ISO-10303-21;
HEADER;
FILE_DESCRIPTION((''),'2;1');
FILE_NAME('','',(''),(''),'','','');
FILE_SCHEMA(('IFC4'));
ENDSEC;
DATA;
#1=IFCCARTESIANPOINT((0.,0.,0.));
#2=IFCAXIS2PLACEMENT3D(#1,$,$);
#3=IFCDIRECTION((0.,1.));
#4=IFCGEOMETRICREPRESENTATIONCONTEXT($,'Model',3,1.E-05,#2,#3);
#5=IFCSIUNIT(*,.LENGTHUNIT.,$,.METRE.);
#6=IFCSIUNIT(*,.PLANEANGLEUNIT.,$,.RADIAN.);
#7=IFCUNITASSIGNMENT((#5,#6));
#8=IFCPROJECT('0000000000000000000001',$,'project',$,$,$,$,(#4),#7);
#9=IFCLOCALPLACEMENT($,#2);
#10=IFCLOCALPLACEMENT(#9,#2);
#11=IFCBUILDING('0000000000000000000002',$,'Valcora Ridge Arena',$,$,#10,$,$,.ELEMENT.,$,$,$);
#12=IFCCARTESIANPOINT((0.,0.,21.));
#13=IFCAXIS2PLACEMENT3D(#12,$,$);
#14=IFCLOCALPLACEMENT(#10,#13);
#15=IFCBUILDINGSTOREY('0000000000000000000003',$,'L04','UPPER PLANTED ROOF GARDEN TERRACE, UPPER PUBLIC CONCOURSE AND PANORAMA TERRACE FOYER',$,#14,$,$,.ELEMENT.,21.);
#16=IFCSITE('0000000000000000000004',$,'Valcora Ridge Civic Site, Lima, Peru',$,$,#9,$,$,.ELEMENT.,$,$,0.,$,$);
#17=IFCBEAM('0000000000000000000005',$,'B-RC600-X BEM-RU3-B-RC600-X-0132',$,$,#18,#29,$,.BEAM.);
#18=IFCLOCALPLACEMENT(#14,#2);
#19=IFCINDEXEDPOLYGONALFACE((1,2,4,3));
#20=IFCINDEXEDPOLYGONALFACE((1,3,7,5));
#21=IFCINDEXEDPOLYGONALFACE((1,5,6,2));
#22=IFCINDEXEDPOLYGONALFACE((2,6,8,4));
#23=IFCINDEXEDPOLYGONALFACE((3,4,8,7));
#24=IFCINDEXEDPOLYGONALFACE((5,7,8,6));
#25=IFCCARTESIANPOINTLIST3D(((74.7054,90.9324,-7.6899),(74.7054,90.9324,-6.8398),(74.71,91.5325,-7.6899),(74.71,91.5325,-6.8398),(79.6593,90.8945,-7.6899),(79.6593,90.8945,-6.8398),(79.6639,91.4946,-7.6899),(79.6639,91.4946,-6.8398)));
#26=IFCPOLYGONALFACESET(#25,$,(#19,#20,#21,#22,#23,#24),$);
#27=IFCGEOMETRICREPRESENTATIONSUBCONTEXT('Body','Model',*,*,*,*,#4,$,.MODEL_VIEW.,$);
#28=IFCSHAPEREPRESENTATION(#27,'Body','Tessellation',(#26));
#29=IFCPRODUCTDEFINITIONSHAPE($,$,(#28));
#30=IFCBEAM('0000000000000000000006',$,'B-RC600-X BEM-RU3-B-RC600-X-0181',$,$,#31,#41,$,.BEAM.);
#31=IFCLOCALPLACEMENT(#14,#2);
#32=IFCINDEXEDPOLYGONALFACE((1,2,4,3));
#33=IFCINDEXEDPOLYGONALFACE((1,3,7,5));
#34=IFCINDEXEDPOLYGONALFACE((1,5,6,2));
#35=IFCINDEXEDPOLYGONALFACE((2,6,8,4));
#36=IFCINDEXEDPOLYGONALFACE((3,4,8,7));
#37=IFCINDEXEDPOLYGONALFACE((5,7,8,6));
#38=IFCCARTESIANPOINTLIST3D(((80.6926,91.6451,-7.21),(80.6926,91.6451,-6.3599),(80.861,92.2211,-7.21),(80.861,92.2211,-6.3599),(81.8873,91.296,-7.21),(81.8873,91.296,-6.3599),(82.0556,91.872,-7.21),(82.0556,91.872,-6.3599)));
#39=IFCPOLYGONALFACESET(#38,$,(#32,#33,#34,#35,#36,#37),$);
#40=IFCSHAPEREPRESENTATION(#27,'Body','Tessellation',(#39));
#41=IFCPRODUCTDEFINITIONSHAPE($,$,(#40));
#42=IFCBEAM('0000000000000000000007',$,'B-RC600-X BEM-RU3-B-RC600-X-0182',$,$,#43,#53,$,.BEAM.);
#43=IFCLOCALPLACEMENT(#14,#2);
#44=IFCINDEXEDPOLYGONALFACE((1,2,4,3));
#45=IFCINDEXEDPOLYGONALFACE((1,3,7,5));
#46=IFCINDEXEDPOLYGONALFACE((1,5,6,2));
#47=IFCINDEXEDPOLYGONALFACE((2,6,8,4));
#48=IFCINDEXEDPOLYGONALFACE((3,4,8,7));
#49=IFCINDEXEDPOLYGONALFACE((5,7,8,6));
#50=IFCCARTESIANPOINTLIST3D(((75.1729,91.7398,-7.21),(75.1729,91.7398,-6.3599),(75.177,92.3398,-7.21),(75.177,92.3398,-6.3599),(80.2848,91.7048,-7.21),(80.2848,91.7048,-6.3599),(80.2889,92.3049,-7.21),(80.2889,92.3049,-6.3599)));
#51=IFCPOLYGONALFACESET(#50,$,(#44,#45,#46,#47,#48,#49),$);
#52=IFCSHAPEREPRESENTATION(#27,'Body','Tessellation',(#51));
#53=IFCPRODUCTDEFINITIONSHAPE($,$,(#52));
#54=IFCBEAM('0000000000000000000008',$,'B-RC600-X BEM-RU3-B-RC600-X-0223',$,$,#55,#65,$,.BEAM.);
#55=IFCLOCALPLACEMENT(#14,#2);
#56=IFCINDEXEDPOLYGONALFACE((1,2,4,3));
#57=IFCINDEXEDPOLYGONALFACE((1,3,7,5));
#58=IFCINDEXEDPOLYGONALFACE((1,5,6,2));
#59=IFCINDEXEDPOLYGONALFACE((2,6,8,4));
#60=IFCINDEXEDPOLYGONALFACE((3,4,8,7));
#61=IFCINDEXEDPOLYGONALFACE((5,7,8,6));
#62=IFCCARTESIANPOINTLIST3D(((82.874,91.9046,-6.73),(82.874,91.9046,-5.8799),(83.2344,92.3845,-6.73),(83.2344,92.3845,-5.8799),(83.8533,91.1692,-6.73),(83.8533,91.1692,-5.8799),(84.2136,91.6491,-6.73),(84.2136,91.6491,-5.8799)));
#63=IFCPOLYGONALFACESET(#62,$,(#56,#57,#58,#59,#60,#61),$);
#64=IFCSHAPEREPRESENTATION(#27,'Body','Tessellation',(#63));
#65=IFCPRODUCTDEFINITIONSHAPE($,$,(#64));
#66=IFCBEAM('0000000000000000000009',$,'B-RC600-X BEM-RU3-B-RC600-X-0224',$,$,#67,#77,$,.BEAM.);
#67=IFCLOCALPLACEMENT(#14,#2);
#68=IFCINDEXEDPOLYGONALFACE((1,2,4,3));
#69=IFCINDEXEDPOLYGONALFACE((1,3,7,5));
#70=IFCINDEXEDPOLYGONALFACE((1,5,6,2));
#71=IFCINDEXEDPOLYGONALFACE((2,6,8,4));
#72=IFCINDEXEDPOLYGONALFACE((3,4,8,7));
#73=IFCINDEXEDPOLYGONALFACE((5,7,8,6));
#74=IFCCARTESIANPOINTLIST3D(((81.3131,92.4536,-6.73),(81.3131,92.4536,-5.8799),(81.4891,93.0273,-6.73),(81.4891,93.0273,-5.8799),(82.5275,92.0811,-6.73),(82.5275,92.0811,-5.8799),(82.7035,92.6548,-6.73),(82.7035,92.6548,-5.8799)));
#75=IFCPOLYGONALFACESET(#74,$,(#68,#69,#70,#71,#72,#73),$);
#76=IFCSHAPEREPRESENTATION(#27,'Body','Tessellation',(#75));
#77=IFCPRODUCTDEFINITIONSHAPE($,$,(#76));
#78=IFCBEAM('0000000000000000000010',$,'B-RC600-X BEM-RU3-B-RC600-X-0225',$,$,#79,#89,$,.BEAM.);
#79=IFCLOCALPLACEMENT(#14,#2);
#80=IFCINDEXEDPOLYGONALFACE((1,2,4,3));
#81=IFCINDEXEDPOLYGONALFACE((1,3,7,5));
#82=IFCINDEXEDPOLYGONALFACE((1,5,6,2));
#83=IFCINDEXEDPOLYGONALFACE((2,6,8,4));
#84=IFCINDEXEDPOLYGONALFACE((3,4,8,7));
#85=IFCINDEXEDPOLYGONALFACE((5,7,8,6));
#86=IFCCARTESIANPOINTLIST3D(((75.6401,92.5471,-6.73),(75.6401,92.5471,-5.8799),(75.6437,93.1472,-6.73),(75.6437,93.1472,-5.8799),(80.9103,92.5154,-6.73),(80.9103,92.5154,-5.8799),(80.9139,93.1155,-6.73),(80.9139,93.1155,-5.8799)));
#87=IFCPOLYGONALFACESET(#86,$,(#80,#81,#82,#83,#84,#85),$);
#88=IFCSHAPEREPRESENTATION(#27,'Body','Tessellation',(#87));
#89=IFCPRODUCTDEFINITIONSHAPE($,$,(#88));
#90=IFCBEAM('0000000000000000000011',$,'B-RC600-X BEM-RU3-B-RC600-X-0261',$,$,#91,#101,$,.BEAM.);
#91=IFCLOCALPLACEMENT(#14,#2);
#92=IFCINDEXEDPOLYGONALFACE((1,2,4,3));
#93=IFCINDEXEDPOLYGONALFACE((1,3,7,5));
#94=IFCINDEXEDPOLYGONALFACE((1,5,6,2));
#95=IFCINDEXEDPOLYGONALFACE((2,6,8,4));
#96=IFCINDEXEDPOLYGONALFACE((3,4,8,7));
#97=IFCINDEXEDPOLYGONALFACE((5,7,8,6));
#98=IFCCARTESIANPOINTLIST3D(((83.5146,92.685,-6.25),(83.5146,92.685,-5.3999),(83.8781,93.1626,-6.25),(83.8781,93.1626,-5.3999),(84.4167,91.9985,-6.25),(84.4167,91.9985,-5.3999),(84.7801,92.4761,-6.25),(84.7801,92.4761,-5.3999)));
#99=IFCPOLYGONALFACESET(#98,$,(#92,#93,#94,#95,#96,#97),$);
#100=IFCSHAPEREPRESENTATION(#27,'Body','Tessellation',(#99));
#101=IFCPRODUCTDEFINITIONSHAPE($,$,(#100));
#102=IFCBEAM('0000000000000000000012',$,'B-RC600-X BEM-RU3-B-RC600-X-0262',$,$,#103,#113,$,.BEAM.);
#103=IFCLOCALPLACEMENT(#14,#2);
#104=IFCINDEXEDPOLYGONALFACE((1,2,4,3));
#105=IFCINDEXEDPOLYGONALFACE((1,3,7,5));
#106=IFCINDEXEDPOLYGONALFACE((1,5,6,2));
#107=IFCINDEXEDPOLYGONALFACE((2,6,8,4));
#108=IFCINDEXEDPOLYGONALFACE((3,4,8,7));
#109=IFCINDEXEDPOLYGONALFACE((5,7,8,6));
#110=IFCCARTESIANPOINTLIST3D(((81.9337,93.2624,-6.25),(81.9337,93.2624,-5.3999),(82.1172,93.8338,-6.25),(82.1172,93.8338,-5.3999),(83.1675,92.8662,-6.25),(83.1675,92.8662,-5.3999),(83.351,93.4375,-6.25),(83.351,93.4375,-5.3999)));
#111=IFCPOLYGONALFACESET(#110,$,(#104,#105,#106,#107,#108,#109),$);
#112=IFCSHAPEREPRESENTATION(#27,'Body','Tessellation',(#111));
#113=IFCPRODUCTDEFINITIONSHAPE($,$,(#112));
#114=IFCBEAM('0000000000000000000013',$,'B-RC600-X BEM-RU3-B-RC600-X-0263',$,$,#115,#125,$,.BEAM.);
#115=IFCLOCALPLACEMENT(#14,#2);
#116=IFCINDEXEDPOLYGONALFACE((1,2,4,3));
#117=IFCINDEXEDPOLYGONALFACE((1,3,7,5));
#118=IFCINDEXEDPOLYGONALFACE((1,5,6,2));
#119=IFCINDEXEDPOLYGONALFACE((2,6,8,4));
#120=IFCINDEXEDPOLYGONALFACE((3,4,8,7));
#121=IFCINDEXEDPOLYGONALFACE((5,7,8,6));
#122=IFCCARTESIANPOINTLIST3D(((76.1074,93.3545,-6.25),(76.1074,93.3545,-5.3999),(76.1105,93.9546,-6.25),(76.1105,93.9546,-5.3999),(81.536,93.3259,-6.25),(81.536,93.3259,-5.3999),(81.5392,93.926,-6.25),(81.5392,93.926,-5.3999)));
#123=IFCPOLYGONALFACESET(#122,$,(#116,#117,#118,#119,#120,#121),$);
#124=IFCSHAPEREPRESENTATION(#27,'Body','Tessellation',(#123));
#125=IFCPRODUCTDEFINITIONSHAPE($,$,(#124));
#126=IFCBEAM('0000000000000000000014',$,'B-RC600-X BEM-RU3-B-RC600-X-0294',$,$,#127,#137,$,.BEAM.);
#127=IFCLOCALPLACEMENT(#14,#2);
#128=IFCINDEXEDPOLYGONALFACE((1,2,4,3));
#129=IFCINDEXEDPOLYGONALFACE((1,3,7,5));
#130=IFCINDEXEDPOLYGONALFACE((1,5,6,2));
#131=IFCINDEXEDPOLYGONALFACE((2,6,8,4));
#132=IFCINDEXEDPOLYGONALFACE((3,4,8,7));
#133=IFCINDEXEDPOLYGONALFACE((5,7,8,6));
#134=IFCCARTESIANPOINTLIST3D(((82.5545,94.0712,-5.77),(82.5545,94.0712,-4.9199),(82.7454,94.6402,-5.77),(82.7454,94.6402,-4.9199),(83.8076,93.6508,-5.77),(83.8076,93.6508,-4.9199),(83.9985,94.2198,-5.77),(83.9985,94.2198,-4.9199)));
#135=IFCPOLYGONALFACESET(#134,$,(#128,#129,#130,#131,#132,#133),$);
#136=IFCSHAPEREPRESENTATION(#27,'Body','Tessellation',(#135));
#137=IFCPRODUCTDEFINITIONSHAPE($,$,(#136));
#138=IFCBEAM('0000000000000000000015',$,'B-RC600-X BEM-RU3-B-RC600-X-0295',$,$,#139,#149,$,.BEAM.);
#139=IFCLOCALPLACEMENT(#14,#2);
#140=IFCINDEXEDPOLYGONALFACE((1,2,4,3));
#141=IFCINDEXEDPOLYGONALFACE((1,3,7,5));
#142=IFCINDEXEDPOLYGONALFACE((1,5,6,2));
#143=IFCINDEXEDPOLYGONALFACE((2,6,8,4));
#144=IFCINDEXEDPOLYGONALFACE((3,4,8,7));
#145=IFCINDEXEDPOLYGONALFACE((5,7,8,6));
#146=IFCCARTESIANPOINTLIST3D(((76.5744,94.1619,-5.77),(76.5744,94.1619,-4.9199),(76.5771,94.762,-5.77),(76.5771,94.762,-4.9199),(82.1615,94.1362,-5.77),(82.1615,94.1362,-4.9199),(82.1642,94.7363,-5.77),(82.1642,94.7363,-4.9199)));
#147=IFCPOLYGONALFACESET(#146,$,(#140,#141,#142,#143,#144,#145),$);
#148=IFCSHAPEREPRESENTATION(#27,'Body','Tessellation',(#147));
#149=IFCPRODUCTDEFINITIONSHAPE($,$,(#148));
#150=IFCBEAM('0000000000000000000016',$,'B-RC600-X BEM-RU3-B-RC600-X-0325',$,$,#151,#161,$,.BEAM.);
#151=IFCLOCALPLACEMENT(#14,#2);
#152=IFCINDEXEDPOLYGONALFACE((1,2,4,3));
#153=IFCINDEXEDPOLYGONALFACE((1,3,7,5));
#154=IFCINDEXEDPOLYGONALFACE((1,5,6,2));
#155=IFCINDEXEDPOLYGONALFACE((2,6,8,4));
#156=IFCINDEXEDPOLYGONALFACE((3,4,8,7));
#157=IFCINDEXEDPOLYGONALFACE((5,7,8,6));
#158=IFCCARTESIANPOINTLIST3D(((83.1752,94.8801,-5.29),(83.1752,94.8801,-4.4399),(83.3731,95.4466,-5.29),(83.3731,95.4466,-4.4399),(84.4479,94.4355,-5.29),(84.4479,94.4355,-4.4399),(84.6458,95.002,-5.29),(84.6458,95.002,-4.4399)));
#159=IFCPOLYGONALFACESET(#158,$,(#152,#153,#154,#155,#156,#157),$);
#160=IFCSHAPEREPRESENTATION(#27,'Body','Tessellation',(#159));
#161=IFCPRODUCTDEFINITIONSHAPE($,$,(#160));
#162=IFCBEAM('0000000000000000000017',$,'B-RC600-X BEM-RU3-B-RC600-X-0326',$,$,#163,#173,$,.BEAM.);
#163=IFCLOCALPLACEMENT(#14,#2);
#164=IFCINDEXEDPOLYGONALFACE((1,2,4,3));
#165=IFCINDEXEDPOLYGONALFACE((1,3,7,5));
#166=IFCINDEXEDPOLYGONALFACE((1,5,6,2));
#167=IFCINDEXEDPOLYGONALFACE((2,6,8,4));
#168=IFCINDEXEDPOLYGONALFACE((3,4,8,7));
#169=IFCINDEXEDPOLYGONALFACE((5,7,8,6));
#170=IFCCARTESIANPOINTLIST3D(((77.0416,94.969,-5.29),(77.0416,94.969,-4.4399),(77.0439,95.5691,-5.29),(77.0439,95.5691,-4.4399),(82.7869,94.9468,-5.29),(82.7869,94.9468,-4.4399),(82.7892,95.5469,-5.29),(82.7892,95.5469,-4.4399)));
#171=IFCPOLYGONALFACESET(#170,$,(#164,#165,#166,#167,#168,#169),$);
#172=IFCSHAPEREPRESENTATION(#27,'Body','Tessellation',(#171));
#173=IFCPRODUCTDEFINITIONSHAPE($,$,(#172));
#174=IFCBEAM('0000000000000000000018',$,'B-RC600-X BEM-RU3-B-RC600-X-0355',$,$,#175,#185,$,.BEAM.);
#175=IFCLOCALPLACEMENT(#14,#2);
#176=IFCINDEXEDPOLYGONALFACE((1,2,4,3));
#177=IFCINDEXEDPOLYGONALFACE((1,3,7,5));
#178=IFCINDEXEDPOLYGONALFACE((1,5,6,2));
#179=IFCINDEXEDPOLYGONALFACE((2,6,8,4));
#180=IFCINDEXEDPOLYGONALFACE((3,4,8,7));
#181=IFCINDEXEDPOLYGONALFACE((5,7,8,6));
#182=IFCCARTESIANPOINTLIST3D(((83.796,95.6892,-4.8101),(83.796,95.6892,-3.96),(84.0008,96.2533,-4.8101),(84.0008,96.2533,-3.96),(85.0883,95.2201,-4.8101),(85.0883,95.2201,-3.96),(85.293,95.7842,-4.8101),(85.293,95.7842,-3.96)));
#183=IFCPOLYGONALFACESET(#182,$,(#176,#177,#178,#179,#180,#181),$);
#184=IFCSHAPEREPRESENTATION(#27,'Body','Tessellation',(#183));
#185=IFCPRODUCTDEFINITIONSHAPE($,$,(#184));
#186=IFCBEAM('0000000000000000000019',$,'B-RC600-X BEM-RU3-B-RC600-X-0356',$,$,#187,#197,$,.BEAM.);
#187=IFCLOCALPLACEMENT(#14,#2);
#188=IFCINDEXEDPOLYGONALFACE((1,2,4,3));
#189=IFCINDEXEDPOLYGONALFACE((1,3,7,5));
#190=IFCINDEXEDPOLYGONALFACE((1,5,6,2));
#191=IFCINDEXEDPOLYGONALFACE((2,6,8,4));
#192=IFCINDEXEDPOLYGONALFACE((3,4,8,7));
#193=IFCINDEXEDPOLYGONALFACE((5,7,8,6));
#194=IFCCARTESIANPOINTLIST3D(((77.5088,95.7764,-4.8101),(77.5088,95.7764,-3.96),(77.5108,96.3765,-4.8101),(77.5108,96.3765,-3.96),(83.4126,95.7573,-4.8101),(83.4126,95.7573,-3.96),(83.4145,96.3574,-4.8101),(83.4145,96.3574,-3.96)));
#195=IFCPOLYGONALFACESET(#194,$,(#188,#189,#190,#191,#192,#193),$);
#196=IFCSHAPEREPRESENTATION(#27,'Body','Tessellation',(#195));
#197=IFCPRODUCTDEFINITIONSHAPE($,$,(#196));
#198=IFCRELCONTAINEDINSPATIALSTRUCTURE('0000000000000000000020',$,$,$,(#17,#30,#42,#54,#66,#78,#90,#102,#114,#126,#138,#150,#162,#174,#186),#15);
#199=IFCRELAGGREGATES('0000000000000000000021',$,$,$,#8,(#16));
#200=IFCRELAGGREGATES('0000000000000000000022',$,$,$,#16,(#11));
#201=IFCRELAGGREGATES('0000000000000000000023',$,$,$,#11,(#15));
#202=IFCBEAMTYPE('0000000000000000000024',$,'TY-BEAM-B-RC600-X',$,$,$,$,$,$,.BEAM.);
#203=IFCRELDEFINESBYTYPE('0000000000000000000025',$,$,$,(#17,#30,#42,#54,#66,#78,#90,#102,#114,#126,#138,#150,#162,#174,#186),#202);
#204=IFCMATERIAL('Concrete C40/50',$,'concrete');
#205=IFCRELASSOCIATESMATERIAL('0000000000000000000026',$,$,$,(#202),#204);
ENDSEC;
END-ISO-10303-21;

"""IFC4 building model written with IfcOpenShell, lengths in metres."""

from ifc_helpers import new_model, si_unit, direction, frame, origin, origin_2d, place, context, subcontext, project, spatial, rectangle, extrude, material, material_profile, profile_set, type_object, element, save


model = new_model("IFC4")

# Units and contexts
model_context = context("Model", 3, precision=1e-05, world=origin(), true_north=direction((0.0, 1.0)))
body_context = subcontext(model_context, "Body", "Model", "MODEL_VIEW")
ifc_project = project(units=[si_unit("LENGTHUNIT", "METRE"), si_unit("PLANEANGLEUNIT", "RADIAN")], contexts=[model_context])

# Site, building, storey
site_placement = place(None, origin())
site = spatial("IfcSite", under=ifc_project, at=site_placement, Name="Valcora Ridge Civic Site, Lima, Peru", CompositionType="ELEMENT", RefElevation=0.0)
building_placement = place(site_placement, origin())
building = spatial("IfcBuilding", under=site, at=building_placement, Name="Valcora Ridge Arena", CompositionType="ELEMENT")
storey_placement = place(building_placement, frame((0.0, 0.0, 21.0)))
storey = spatial("IfcBuildingStorey", under=building, at=storey_placement, Name="L04", Description="UPPER PLANTED ROOF GARDEN TERRACE, UPPER PUBLIC CONCOURSE AND PANORAMA TERRACE FOYER", CompositionType="ELEMENT", Elevation=21.0)

# Beams
ifc_material = material(Name="Concrete C40/50", Category="concrete")
ifc_material_profile = material_profile(ifc_material, rectangle(XDim=0.6001, YDim=0.8501, at=origin_2d()), Name="RC 600x850")
ifc_profile_set = profile_set([ifc_material_profile], Name="Concrete C40/50")
beam_type = type_object("IfcBeamType", Name="TY-BEAM-B-RC600-X", PredefinedType="BEAM", material=ifc_profile_set)
beam_1_placement = place(storey_placement, frame((79.6616, 91.1946, -7.2649), z_axis=(-0.999971, 0.007639, 0.0), x_axis=(-0.007639, -0.999971, 0.0)))
element("IfcBeam", 1, at=beam_1_placement, inside=storey, type_object=beam_type, Name="B-RC600-X BEM-RU3-B-RC600-X-0132", PredefinedType="BEAM", context=body_context, shape_type="SweptSolid", body=[
    extrude(rectangle(XDim=0.6001, YDim=0.8501, at=origin_2d()), origin(), (0.0, 0.0, 1.0), 4.9541),
])
beam_2_placement = place(storey_placement, frame((81.9714, 91.584, -6.7849), z_axis=(-0.959848, 0.28052, 0.0), x_axis=(-0.28052, -0.959848, 0.0)))
element("IfcBeam", 2, at=beam_2_placement, inside=storey, type_object=beam_type, Name="B-RC600-X BEM-RU3-B-RC600-X-0181", PredefinedType="BEAM", context=body_context, shape_type="SweptSolid", body=[
    extrude(rectangle(XDim=0.6001, YDim=0.8501, at=origin_2d()), origin(), (0.0, 0.0, 1.0), 1.2446),
])
beam_3_placement = place(storey_placement, frame((80.2869, 92.0049, -6.7849), z_axis=(-0.999977, 0.006829, 0.0), x_axis=(-0.006829, -0.999977, 0.0)))
element("IfcBeam", 3, at=beam_3_placement, inside=storey, type_object=beam_type, Name="B-RC600-X BEM-RU3-B-RC600-X-0182", PredefinedType="BEAM", context=body_context, shape_type="SweptSolid", body=[
    extrude(rectangle(XDim=0.6001, YDim=0.8501, at=origin_2d()), origin(), (0.0, 0.0, 1.0), 5.1121),
])
beam_4_placement = place(storey_placement, frame((84.0334, 91.4092, -6.3049), z_axis=(-0.799641, 0.600478, 0.0), x_axis=(-0.600478, -0.799641, 0.0)))
element("IfcBeam", 4, at=beam_4_placement, inside=storey, type_object=beam_type, Name="B-RC600-X BEM-RU3-B-RC600-X-0223", PredefinedType="BEAM", context=body_context, shape_type="SweptSolid", body=[
    extrude(rectangle(XDim=0.6001, YDim=0.8501, at=origin_2d()), origin(), (0.0, 0.0, 1.0), 1.2246),
])
beam_5_placement = place(storey_placement, frame((82.6155, 92.3679, -6.3049), z_axis=(-0.95602, 0.293302, 0.0), x_axis=(-0.293302, -0.95602, 0.0)))
element("IfcBeam", 5, at=beam_5_placement, inside=storey, type_object=beam_type, Name="B-RC600-X BEM-RU3-B-RC600-X-0224", PredefinedType="BEAM", context=body_context, shape_type="SweptSolid", body=[
    extrude(rectangle(XDim=0.6001, YDim=0.8501, at=origin_2d()), origin(), (0.0, 0.0, 1.0), 1.2703),
])
beam_6_placement = place(storey_placement, frame((80.9121, 92.8154, -6.3049), z_axis=(-0.999982, 0.006022, 0.0), x_axis=(-0.006022, -0.999982, 0.0)))
element("IfcBeam", 6, at=beam_6_placement, inside=storey, type_object=beam_type, Name="B-RC600-X BEM-RU3-B-RC600-X-0225", PredefinedType="BEAM", context=body_context, shape_type="SweptSolid", body=[
    extrude(rectangle(XDim=0.6001, YDim=0.8501, at=origin_2d()), origin(), (0.0, 0.0, 1.0), 5.2703),
])
beam_7_placement = place(storey_placement, frame((84.5984, 92.2373, -5.825), z_axis=(-0.795768, 0.605602, 0.0), x_axis=(-0.605602, -0.795768, 0.0)))
element("IfcBeam", 7, at=beam_7_placement, inside=storey, type_object=beam_type, Name="B-RC600-X BEM-RU3-B-RC600-X-0261", PredefinedType="BEAM", context=body_context, shape_type="SweptSolid", body=[
    extrude(rectangle(XDim=0.6001, YDim=0.8501, at=origin_2d()), origin(), (0.0, 0.0, 1.0), 1.1335),
])
beam_8_placement = place(storey_placement, frame((83.2593, 93.1519, -5.825), z_axis=(-0.952111, 0.305753, 0.0), x_axis=(-0.305753, -0.952111, 0.0)))
element("IfcBeam", 8, at=beam_8_placement, inside=storey, type_object=beam_type, Name="B-RC600-X BEM-RU3-B-RC600-X-0262", PredefinedType="BEAM", context=body_context, shape_type="SweptSolid", body=[
    extrude(rectangle(XDim=0.6001, YDim=0.8501, at=origin_2d()), origin(), (0.0, 0.0, 1.0), 1.2959),
])
beam_9_placement = place(storey_placement, frame((81.5376, 93.626, -5.825), z_axis=(-0.999986, 0.005262, 0.0), x_axis=(-0.005262, -0.999986, 0.0)))
element("IfcBeam", 9, at=beam_9_placement, inside=storey, type_object=beam_type, Name="B-RC600-X BEM-RU3-B-RC600-X-0263", PredefinedType="BEAM", context=body_context, shape_type="SweptSolid", body=[
    extrude(rectangle(XDim=0.6001, YDim=0.8501, at=origin_2d()), origin(), (0.0, 0.0, 1.0), 5.4287),
])
beam_10_placement = place(storey_placement, frame((83.9031, 93.9353, -5.345), z_axis=(-0.948072, 0.318056, 0.0), x_axis=(-0.318056, -0.948072, 0.0)))
element("IfcBeam", 10, at=beam_10_placement, inside=storey, type_object=beam_type, Name="B-RC600-X BEM-RU3-B-RC600-X-0294", PredefinedType="BEAM", context=body_context, shape_type="SweptSolid", body=[
    extrude(rectangle(XDim=0.6001, YDim=0.8501, at=origin_2d()), origin(), (0.0, 0.0, 1.0), 1.3218),
])
beam_11_placement = place(storey_placement, frame((82.1628, 94.4363, -5.345), z_axis=(-0.999989, 0.004588, 0.0), x_axis=(-0.004588, -0.999989, 0.0)))
element("IfcBeam", 11, at=beam_11_placement, inside=storey, type_object=beam_type, Name="B-RC600-X BEM-RU3-B-RC600-X-0295", PredefinedType="BEAM", context=body_context, shape_type="SweptSolid", body=[
    extrude(rectangle(XDim=0.6001, YDim=0.8501, at=origin_2d()), origin(), (0.0, 0.0, 1.0), 5.5872),
])
beam_12_placement = place(storey_placement, frame((84.5469, 94.7188, -4.865), z_axis=(-0.944059, 0.329778, 0.0), x_axis=(-0.329778, -0.944059, 0.0)))
element("IfcBeam", 12, at=beam_12_placement, inside=storey, type_object=beam_type, Name="B-RC600-X BEM-RU3-B-RC600-X-0325", PredefinedType="BEAM", context=body_context, shape_type="SweptSolid", body=[
    extrude(rectangle(XDim=0.6001, YDim=0.8501, at=origin_2d()), origin(), (0.0, 0.0, 1.0), 1.3481),
])
beam_13_placement = place(storey_placement, frame((82.7881, 95.2468, -4.865), z_axis=(-0.999993, 0.003867, 0.0), x_axis=(-0.003867, -0.999993, 0.0)))
element("IfcBeam", 13, at=beam_13_placement, inside=storey, type_object=beam_type, Name="B-RC600-X BEM-RU3-B-RC600-X-0326", PredefinedType="BEAM", context=body_context, shape_type="SweptSolid", body=[
    extrude(rectangle(XDim=0.6001, YDim=0.8501, at=origin_2d()), origin(), (0.0, 0.0, 1.0), 5.7454),
])
beam_14_placement = place(storey_placement, frame((85.1907, 95.5022, -4.385), z_axis=(-0.940006, 0.341158, 0.0), x_axis=(-0.341158, -0.940006, 0.0)))
element("IfcBeam", 14, at=beam_14_placement, inside=storey, type_object=beam_type, Name="B-RC600-X BEM-RU3-B-RC600-X-0355", PredefinedType="BEAM", context=body_context, shape_type="SweptSolid", body=[
    extrude(rectangle(XDim=0.6001, YDim=0.8501, at=origin_2d()), origin(), (0.0, 0.0, 1.0), 1.3748),
])
beam_15_placement = place(storey_placement, frame((83.4136, 96.0574, -4.385), z_axis=(-0.999995, 0.003226, 0.0), x_axis=(-0.003226, -0.999995, 0.0)))
element("IfcBeam", 15, at=beam_15_placement, inside=storey, type_object=beam_type, Name="B-RC600-X BEM-RU3-B-RC600-X-0356", PredefinedType="BEAM", context=body_context, shape_type="SweptSolid", body=[
    extrude(rectangle(XDim=0.6001, YDim=0.8501, at=origin_2d()), origin(), (0.0, 0.0, 1.0), 5.9038),
])

save(model, "model.ifc")
